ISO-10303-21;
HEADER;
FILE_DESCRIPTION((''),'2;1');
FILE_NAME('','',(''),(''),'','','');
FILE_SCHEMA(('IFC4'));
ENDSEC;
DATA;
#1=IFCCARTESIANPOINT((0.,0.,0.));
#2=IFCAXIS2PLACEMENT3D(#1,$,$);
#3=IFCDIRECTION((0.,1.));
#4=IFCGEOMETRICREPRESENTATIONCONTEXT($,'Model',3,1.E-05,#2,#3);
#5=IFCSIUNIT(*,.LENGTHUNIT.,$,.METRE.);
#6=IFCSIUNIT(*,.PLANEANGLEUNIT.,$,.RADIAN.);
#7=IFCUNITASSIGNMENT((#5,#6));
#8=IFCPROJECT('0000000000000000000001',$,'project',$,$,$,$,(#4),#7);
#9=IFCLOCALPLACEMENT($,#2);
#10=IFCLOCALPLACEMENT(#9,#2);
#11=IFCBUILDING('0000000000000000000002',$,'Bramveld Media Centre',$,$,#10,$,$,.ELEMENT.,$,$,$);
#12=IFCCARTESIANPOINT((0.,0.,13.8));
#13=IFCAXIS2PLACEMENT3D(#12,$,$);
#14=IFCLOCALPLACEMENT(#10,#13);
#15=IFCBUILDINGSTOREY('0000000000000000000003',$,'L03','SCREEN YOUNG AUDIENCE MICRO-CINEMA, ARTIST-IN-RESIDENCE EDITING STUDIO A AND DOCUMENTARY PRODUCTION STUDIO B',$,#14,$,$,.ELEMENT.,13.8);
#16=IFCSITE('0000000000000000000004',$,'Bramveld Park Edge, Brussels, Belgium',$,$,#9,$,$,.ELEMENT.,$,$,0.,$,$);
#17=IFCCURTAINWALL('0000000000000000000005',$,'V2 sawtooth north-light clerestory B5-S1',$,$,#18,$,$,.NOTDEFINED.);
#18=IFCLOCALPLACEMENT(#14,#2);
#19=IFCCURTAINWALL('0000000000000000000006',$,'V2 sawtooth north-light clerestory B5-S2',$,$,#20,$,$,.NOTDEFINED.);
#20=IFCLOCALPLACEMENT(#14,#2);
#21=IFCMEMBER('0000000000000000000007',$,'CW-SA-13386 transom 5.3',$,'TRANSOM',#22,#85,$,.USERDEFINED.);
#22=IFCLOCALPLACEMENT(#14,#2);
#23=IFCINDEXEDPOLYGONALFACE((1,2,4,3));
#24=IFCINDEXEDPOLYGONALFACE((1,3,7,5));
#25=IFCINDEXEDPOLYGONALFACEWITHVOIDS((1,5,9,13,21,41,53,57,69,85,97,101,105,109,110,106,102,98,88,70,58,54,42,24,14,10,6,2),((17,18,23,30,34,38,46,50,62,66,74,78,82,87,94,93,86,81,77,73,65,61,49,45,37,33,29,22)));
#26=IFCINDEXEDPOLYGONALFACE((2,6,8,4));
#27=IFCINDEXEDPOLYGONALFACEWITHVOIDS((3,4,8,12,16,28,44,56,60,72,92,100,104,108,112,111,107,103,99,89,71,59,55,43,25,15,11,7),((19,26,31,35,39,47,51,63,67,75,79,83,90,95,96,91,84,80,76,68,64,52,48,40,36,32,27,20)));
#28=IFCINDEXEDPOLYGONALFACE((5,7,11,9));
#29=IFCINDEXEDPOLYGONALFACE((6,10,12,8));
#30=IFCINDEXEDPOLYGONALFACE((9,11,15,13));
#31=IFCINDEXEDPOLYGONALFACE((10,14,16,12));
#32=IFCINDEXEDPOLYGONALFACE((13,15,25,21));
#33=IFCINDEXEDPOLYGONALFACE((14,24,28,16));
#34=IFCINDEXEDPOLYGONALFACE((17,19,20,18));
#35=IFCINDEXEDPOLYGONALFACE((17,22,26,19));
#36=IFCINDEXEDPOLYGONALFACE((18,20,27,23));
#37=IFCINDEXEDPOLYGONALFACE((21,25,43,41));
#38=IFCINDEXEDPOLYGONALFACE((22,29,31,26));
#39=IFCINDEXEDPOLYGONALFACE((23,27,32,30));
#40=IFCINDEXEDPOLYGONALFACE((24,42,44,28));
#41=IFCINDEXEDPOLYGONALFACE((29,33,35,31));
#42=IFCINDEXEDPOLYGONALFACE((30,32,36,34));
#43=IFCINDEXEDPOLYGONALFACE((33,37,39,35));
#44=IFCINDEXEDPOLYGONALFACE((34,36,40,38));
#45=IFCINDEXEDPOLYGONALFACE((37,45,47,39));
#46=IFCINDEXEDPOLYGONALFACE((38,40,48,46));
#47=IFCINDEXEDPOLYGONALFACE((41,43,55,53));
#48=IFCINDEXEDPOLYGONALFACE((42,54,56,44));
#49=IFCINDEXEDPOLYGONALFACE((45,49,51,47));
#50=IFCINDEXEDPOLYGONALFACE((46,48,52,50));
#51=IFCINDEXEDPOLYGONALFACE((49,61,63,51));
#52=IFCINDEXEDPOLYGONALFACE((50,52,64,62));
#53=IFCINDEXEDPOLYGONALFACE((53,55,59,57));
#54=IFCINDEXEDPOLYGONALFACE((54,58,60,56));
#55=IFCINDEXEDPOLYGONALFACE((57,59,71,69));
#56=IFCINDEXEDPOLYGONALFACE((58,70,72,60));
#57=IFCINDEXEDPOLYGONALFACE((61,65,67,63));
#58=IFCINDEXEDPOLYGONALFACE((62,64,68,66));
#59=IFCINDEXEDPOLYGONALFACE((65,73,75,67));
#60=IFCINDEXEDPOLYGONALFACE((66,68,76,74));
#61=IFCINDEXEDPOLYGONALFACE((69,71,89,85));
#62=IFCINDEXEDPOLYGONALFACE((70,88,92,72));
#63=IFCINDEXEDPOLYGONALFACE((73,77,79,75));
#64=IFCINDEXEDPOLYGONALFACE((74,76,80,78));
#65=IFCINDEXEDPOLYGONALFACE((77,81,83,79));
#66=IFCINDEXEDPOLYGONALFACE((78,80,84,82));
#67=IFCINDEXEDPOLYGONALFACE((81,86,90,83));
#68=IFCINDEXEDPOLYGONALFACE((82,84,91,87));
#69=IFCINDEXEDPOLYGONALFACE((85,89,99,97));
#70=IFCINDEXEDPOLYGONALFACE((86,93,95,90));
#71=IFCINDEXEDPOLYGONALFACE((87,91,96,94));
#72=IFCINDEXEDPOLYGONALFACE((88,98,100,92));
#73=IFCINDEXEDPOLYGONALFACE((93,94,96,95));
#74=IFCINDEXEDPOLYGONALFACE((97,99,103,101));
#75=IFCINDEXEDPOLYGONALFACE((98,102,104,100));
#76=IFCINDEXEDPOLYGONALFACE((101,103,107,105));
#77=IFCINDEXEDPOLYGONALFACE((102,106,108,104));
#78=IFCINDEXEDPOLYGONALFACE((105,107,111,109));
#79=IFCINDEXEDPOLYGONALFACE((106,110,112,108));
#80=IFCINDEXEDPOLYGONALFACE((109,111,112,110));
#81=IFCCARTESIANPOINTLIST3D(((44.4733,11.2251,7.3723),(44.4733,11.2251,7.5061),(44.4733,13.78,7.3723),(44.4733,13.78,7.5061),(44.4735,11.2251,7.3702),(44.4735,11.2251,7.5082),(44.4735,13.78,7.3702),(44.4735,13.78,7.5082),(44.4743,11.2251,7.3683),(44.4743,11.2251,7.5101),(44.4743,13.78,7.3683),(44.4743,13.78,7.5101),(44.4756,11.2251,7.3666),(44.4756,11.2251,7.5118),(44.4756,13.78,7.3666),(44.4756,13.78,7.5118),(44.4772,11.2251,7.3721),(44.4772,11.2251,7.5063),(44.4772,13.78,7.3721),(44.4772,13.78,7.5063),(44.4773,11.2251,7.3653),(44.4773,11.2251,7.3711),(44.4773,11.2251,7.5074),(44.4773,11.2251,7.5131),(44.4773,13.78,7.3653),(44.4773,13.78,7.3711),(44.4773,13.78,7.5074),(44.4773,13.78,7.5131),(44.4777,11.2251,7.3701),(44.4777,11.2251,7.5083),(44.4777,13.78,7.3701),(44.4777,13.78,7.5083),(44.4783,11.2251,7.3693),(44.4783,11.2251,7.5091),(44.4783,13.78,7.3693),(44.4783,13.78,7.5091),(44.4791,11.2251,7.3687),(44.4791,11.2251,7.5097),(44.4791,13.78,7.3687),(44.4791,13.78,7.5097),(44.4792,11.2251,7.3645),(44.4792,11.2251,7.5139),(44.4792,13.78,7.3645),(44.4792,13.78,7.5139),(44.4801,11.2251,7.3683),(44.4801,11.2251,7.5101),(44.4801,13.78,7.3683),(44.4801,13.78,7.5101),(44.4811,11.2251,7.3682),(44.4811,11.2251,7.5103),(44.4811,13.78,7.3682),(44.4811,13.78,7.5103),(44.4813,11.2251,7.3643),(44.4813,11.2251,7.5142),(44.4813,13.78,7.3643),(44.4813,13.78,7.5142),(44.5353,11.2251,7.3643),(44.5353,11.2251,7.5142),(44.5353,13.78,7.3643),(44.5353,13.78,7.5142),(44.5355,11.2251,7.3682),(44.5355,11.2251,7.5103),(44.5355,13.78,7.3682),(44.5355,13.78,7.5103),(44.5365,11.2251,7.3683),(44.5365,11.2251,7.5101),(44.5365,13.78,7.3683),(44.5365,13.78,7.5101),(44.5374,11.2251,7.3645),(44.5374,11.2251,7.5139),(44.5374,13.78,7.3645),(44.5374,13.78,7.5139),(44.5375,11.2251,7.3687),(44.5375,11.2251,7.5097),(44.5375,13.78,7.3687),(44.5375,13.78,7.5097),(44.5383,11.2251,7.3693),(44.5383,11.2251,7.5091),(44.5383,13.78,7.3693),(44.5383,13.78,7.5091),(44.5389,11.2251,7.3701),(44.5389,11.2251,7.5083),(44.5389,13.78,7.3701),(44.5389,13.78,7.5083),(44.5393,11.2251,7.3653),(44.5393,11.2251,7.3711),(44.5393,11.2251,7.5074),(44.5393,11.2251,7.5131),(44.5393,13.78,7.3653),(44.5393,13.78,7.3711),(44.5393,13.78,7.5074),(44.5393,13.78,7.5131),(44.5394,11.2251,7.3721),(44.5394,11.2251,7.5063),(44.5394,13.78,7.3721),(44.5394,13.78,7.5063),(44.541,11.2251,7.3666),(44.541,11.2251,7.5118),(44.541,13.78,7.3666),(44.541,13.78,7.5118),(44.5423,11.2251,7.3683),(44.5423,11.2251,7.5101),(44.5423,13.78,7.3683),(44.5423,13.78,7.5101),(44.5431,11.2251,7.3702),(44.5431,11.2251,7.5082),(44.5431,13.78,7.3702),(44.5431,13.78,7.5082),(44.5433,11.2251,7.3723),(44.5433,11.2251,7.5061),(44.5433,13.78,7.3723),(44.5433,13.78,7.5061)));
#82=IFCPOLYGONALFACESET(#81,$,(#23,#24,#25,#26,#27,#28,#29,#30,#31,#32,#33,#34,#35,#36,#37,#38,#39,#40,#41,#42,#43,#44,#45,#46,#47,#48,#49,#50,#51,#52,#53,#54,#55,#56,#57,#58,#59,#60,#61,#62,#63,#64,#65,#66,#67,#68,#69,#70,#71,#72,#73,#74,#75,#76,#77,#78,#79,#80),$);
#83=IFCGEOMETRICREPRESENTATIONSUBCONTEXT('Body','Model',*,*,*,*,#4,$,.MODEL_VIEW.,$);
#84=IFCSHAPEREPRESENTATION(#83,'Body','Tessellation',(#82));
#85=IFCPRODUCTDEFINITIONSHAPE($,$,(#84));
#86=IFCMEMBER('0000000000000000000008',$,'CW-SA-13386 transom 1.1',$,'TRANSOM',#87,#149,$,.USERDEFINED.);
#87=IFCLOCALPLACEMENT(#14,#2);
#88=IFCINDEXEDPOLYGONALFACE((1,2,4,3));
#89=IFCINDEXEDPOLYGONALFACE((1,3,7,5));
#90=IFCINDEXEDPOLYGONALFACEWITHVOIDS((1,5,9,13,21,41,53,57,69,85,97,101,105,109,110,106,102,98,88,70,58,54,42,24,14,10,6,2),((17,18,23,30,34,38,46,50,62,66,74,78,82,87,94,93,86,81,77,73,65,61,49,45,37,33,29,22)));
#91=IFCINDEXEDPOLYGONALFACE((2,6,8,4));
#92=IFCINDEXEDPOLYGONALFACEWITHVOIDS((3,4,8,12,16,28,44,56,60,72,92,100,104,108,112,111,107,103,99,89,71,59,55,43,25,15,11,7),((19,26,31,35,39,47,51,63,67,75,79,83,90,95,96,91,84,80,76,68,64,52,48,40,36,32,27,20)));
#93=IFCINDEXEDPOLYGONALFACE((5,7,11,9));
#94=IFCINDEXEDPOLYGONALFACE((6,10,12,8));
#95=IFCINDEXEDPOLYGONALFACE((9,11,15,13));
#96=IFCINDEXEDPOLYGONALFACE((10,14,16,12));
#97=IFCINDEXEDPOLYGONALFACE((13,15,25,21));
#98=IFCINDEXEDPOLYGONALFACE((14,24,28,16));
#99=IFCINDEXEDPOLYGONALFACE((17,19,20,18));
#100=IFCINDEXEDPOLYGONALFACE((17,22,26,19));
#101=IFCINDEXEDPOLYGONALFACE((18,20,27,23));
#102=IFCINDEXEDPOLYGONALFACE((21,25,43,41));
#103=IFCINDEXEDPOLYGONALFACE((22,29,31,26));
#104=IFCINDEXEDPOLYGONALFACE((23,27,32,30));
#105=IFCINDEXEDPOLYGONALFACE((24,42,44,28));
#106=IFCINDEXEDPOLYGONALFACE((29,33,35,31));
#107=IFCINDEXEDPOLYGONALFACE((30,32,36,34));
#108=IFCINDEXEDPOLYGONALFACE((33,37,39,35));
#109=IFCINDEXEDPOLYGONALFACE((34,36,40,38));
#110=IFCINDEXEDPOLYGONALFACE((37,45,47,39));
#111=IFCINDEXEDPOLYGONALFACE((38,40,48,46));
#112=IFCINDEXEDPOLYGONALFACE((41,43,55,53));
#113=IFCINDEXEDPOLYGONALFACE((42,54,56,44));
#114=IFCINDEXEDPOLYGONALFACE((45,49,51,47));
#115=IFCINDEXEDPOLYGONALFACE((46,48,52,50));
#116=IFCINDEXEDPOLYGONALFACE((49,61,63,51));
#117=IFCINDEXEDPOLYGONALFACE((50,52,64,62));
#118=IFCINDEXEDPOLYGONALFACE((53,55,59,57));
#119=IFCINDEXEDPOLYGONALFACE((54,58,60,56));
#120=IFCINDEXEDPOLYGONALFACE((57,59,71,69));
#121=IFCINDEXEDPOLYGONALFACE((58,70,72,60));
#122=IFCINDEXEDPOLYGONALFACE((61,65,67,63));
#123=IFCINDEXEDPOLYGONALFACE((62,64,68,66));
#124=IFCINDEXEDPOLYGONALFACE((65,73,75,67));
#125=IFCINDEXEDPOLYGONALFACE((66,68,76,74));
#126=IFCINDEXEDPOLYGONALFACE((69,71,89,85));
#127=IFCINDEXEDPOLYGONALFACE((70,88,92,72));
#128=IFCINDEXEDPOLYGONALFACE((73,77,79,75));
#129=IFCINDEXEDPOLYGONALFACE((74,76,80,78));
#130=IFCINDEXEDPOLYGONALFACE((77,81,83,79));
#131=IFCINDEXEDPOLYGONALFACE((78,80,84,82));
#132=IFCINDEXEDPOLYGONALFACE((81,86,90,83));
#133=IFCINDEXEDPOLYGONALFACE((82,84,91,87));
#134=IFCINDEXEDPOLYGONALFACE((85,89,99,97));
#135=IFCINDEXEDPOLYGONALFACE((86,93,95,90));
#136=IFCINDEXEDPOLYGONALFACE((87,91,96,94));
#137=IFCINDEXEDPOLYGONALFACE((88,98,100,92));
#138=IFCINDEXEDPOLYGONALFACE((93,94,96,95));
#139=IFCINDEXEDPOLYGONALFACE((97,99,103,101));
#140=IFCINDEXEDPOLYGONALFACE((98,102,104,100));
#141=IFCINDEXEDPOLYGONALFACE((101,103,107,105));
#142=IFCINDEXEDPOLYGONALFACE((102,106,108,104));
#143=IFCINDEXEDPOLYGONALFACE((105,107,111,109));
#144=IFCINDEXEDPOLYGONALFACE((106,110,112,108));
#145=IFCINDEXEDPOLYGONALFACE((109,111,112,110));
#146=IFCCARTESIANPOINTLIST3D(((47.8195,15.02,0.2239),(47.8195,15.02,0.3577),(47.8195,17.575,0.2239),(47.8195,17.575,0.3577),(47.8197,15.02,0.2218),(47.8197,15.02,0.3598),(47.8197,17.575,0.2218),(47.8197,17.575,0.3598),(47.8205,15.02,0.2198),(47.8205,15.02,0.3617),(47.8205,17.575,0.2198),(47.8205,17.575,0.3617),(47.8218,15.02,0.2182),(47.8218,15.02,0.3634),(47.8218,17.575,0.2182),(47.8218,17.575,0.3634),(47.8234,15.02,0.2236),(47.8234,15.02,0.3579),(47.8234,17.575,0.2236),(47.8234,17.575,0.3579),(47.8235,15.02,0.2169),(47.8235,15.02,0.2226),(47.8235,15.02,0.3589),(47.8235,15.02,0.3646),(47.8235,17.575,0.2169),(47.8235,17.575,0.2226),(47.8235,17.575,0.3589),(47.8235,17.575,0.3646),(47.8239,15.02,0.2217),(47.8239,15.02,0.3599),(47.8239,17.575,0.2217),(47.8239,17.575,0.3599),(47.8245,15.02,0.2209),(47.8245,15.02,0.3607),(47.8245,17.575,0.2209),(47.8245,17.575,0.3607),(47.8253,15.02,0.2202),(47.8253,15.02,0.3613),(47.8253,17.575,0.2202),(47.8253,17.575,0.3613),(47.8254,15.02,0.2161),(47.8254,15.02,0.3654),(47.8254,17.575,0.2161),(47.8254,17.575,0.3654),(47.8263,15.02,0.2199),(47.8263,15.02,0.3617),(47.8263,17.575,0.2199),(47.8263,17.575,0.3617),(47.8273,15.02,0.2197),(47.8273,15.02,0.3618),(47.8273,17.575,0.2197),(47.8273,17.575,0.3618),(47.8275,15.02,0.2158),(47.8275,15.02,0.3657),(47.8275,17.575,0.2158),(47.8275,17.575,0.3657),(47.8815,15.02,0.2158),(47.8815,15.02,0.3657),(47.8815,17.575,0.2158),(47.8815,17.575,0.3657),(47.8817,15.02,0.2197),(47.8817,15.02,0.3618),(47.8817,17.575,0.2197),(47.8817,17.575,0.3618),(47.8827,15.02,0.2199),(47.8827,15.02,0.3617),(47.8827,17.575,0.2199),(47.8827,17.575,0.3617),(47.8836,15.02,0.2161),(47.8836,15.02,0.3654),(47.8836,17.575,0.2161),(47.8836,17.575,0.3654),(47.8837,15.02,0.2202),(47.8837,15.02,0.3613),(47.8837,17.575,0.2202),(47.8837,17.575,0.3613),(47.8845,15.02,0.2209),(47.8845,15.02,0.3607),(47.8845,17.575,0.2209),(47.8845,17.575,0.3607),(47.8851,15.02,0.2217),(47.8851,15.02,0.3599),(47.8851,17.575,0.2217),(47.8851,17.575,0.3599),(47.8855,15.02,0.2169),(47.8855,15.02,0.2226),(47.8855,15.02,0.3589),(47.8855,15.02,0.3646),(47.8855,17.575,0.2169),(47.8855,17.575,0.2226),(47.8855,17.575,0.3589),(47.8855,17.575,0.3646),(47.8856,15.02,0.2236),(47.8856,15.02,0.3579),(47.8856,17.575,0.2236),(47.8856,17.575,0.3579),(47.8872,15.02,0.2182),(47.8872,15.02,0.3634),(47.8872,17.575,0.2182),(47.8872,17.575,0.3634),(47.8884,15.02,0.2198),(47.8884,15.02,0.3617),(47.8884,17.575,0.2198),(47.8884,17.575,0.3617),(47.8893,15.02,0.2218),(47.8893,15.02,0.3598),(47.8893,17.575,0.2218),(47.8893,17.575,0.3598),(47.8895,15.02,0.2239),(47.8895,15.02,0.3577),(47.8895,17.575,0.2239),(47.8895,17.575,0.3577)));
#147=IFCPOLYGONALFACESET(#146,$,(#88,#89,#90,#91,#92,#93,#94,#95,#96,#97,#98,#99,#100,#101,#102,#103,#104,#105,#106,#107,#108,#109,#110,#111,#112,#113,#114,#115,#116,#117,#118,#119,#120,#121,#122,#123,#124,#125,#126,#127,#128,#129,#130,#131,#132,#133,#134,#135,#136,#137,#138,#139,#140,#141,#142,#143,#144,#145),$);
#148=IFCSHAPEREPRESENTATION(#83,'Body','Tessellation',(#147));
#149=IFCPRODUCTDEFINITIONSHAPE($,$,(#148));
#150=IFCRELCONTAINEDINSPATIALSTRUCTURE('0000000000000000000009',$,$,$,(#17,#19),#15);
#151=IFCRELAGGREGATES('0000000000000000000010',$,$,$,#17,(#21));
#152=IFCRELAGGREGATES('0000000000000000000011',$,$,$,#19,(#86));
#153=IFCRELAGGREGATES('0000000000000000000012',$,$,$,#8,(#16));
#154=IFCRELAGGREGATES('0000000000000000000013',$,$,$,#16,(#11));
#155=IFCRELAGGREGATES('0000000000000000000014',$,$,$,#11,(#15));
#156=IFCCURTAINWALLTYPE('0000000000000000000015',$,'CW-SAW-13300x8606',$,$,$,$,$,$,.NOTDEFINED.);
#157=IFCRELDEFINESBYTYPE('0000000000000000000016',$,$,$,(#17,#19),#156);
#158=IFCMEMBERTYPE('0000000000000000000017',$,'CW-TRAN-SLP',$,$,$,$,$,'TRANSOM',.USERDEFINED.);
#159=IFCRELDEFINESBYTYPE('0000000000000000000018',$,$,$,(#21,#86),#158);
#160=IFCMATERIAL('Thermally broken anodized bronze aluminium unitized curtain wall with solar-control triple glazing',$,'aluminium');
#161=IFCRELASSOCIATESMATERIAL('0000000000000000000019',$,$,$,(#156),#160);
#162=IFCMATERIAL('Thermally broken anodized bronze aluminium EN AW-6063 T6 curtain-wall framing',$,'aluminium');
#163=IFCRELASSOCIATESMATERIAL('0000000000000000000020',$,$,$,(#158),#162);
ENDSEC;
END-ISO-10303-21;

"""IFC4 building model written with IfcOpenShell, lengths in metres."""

from ifc_helpers import new_model, si_unit, direction, frame, origin, origin_2d, place, context, subcontext, project, spatial, hollow_rectangle, extrude, material, material_profile, profile_set, type_object, element, aggregate, save


model = new_model("IFC4")

# Units and contexts
model_context = context("Model", 3, precision=1e-05, world=origin(), true_north=direction((0.0, 1.0)))
body_context = subcontext(model_context, "Body", "Model", "MODEL_VIEW")
ifc_project = project(units=[si_unit("LENGTHUNIT", "METRE"), si_unit("PLANEANGLEUNIT", "RADIAN")], contexts=[model_context])

# Site, building, storey
site_placement = place(None, origin())
site = spatial("IfcSite", under=ifc_project, at=site_placement, Name="Bramveld Park Edge, Brussels, Belgium", CompositionType="ELEMENT", RefElevation=0.0)
building_placement = place(site_placement, origin())
building = spatial("IfcBuilding", under=site, at=building_placement, Name="Bramveld Media Centre", CompositionType="ELEMENT")
storey_placement = place(building_placement, frame((0.0, 0.0, 13.8)))
storey = spatial("IfcBuildingStorey", under=building, at=storey_placement, Name="L03", Description="SCREEN YOUNG AUDIENCE MICRO-CINEMA, ARTIST-IN-RESIDENCE EDITING STUDIO A AND DOCUMENTARY PRODUCTION STUDIO B", CompositionType="ELEMENT", Elevation=13.8)

# Curtain walls
ifc_material_1 = material(Name="Thermally broken anodized bronze aluminium unitized curtain wall with solar-control triple glazing", Category="aluminium")
curtain_wall_type = type_object("IfcCurtainWallType", Name="CW-SAW-13300x8606", PredefinedType="NOTDEFINED", material=ifc_material_1)
curtain_wall_1_placement = place(storey_placement, origin())
curtain_wall_1 = element("IfcCurtainWall", 1, at=curtain_wall_1_placement, inside=storey, type_object=curtain_wall_type, Name="V2 sawtooth north-light clerestory B5-S1", PredefinedType="NOTDEFINED")
curtain_wall_2_placement = place(storey_placement, origin())
curtain_wall_2 = element("IfcCurtainWall", 2, at=curtain_wall_2_placement, inside=storey, type_object=curtain_wall_type, Name="V2 sawtooth north-light clerestory B5-S2", PredefinedType="NOTDEFINED")

# Members
ifc_material_2 = material(Name="Thermally broken anodized bronze aluminium EN AW-6063 T6 curtain-wall framing", Category="aluminium")
ifc_material_profile_1 = material_profile(ifc_material_2, hollow_rectangle(XDim=0.0701, YDim=0.1499, WallThickness=0.0039, InnerFilletRadius=0.0039, OuterFilletRadius=0.0081, at=origin_2d()), Name="AL-TRAN 70x150")
ifc_profile_set_1 = profile_set([ifc_material_profile_1], Name="Thermally broken anodized bronze aluminium EN AW-6063 T6 curtain-wall framing")
member_type_1 = type_object("IfcMemberType", Name="CW-TRAN-SLP", ElementType="TRANSOM", PredefinedType="USERDEFINED", material=ifc_profile_set_1)
member_1_placement = place(storey_placement, frame((44.5083, 11.2251, 7.4392), z_axis=(0.0, 1.0, 0.0), x_axis=(-1.0, 0.0, 0.0)))
member_1 = element("IfcMember", 3, at=member_1_placement, type_object=member_type_1, Name="CW-SA-13386 transom 5.3", ObjectType="TRANSOM", PredefinedType="USERDEFINED", context=body_context, shape_type="SweptSolid", body=[
    extrude(hollow_rectangle(XDim=0.0701, YDim=0.1499, WallThickness=0.0039, InnerFilletRadius=0.0039, OuterFilletRadius=0.0081, at=origin_2d()), origin(), (0.0, 0.0, 1.0), 2.5549),
])
member_2_placement = place(storey_placement, frame((47.8545, 15.02, 0.2908), z_axis=(0.0, 1.0, 0.0), x_axis=(-1.0, 0.0, 0.0)))
member_2 = element("IfcMember", 4, at=member_2_placement, type_object=member_type_1, Name="CW-SA-13386 transom 1.1", ObjectType="TRANSOM", PredefinedType="USERDEFINED", context=body_context, shape_type="SweptSolid", body=[
    extrude(hollow_rectangle(XDim=0.0701, YDim=0.1499, WallThickness=0.0039, InnerFilletRadius=0.0039, OuterFilletRadius=0.0081, at=origin_2d()), origin(), (0.0, 0.0, 1.0), 2.5549),
])

aggregate(curtain_wall_1, [member_1])
aggregate(curtain_wall_2, [member_2])

save(model, "model.ifc")
